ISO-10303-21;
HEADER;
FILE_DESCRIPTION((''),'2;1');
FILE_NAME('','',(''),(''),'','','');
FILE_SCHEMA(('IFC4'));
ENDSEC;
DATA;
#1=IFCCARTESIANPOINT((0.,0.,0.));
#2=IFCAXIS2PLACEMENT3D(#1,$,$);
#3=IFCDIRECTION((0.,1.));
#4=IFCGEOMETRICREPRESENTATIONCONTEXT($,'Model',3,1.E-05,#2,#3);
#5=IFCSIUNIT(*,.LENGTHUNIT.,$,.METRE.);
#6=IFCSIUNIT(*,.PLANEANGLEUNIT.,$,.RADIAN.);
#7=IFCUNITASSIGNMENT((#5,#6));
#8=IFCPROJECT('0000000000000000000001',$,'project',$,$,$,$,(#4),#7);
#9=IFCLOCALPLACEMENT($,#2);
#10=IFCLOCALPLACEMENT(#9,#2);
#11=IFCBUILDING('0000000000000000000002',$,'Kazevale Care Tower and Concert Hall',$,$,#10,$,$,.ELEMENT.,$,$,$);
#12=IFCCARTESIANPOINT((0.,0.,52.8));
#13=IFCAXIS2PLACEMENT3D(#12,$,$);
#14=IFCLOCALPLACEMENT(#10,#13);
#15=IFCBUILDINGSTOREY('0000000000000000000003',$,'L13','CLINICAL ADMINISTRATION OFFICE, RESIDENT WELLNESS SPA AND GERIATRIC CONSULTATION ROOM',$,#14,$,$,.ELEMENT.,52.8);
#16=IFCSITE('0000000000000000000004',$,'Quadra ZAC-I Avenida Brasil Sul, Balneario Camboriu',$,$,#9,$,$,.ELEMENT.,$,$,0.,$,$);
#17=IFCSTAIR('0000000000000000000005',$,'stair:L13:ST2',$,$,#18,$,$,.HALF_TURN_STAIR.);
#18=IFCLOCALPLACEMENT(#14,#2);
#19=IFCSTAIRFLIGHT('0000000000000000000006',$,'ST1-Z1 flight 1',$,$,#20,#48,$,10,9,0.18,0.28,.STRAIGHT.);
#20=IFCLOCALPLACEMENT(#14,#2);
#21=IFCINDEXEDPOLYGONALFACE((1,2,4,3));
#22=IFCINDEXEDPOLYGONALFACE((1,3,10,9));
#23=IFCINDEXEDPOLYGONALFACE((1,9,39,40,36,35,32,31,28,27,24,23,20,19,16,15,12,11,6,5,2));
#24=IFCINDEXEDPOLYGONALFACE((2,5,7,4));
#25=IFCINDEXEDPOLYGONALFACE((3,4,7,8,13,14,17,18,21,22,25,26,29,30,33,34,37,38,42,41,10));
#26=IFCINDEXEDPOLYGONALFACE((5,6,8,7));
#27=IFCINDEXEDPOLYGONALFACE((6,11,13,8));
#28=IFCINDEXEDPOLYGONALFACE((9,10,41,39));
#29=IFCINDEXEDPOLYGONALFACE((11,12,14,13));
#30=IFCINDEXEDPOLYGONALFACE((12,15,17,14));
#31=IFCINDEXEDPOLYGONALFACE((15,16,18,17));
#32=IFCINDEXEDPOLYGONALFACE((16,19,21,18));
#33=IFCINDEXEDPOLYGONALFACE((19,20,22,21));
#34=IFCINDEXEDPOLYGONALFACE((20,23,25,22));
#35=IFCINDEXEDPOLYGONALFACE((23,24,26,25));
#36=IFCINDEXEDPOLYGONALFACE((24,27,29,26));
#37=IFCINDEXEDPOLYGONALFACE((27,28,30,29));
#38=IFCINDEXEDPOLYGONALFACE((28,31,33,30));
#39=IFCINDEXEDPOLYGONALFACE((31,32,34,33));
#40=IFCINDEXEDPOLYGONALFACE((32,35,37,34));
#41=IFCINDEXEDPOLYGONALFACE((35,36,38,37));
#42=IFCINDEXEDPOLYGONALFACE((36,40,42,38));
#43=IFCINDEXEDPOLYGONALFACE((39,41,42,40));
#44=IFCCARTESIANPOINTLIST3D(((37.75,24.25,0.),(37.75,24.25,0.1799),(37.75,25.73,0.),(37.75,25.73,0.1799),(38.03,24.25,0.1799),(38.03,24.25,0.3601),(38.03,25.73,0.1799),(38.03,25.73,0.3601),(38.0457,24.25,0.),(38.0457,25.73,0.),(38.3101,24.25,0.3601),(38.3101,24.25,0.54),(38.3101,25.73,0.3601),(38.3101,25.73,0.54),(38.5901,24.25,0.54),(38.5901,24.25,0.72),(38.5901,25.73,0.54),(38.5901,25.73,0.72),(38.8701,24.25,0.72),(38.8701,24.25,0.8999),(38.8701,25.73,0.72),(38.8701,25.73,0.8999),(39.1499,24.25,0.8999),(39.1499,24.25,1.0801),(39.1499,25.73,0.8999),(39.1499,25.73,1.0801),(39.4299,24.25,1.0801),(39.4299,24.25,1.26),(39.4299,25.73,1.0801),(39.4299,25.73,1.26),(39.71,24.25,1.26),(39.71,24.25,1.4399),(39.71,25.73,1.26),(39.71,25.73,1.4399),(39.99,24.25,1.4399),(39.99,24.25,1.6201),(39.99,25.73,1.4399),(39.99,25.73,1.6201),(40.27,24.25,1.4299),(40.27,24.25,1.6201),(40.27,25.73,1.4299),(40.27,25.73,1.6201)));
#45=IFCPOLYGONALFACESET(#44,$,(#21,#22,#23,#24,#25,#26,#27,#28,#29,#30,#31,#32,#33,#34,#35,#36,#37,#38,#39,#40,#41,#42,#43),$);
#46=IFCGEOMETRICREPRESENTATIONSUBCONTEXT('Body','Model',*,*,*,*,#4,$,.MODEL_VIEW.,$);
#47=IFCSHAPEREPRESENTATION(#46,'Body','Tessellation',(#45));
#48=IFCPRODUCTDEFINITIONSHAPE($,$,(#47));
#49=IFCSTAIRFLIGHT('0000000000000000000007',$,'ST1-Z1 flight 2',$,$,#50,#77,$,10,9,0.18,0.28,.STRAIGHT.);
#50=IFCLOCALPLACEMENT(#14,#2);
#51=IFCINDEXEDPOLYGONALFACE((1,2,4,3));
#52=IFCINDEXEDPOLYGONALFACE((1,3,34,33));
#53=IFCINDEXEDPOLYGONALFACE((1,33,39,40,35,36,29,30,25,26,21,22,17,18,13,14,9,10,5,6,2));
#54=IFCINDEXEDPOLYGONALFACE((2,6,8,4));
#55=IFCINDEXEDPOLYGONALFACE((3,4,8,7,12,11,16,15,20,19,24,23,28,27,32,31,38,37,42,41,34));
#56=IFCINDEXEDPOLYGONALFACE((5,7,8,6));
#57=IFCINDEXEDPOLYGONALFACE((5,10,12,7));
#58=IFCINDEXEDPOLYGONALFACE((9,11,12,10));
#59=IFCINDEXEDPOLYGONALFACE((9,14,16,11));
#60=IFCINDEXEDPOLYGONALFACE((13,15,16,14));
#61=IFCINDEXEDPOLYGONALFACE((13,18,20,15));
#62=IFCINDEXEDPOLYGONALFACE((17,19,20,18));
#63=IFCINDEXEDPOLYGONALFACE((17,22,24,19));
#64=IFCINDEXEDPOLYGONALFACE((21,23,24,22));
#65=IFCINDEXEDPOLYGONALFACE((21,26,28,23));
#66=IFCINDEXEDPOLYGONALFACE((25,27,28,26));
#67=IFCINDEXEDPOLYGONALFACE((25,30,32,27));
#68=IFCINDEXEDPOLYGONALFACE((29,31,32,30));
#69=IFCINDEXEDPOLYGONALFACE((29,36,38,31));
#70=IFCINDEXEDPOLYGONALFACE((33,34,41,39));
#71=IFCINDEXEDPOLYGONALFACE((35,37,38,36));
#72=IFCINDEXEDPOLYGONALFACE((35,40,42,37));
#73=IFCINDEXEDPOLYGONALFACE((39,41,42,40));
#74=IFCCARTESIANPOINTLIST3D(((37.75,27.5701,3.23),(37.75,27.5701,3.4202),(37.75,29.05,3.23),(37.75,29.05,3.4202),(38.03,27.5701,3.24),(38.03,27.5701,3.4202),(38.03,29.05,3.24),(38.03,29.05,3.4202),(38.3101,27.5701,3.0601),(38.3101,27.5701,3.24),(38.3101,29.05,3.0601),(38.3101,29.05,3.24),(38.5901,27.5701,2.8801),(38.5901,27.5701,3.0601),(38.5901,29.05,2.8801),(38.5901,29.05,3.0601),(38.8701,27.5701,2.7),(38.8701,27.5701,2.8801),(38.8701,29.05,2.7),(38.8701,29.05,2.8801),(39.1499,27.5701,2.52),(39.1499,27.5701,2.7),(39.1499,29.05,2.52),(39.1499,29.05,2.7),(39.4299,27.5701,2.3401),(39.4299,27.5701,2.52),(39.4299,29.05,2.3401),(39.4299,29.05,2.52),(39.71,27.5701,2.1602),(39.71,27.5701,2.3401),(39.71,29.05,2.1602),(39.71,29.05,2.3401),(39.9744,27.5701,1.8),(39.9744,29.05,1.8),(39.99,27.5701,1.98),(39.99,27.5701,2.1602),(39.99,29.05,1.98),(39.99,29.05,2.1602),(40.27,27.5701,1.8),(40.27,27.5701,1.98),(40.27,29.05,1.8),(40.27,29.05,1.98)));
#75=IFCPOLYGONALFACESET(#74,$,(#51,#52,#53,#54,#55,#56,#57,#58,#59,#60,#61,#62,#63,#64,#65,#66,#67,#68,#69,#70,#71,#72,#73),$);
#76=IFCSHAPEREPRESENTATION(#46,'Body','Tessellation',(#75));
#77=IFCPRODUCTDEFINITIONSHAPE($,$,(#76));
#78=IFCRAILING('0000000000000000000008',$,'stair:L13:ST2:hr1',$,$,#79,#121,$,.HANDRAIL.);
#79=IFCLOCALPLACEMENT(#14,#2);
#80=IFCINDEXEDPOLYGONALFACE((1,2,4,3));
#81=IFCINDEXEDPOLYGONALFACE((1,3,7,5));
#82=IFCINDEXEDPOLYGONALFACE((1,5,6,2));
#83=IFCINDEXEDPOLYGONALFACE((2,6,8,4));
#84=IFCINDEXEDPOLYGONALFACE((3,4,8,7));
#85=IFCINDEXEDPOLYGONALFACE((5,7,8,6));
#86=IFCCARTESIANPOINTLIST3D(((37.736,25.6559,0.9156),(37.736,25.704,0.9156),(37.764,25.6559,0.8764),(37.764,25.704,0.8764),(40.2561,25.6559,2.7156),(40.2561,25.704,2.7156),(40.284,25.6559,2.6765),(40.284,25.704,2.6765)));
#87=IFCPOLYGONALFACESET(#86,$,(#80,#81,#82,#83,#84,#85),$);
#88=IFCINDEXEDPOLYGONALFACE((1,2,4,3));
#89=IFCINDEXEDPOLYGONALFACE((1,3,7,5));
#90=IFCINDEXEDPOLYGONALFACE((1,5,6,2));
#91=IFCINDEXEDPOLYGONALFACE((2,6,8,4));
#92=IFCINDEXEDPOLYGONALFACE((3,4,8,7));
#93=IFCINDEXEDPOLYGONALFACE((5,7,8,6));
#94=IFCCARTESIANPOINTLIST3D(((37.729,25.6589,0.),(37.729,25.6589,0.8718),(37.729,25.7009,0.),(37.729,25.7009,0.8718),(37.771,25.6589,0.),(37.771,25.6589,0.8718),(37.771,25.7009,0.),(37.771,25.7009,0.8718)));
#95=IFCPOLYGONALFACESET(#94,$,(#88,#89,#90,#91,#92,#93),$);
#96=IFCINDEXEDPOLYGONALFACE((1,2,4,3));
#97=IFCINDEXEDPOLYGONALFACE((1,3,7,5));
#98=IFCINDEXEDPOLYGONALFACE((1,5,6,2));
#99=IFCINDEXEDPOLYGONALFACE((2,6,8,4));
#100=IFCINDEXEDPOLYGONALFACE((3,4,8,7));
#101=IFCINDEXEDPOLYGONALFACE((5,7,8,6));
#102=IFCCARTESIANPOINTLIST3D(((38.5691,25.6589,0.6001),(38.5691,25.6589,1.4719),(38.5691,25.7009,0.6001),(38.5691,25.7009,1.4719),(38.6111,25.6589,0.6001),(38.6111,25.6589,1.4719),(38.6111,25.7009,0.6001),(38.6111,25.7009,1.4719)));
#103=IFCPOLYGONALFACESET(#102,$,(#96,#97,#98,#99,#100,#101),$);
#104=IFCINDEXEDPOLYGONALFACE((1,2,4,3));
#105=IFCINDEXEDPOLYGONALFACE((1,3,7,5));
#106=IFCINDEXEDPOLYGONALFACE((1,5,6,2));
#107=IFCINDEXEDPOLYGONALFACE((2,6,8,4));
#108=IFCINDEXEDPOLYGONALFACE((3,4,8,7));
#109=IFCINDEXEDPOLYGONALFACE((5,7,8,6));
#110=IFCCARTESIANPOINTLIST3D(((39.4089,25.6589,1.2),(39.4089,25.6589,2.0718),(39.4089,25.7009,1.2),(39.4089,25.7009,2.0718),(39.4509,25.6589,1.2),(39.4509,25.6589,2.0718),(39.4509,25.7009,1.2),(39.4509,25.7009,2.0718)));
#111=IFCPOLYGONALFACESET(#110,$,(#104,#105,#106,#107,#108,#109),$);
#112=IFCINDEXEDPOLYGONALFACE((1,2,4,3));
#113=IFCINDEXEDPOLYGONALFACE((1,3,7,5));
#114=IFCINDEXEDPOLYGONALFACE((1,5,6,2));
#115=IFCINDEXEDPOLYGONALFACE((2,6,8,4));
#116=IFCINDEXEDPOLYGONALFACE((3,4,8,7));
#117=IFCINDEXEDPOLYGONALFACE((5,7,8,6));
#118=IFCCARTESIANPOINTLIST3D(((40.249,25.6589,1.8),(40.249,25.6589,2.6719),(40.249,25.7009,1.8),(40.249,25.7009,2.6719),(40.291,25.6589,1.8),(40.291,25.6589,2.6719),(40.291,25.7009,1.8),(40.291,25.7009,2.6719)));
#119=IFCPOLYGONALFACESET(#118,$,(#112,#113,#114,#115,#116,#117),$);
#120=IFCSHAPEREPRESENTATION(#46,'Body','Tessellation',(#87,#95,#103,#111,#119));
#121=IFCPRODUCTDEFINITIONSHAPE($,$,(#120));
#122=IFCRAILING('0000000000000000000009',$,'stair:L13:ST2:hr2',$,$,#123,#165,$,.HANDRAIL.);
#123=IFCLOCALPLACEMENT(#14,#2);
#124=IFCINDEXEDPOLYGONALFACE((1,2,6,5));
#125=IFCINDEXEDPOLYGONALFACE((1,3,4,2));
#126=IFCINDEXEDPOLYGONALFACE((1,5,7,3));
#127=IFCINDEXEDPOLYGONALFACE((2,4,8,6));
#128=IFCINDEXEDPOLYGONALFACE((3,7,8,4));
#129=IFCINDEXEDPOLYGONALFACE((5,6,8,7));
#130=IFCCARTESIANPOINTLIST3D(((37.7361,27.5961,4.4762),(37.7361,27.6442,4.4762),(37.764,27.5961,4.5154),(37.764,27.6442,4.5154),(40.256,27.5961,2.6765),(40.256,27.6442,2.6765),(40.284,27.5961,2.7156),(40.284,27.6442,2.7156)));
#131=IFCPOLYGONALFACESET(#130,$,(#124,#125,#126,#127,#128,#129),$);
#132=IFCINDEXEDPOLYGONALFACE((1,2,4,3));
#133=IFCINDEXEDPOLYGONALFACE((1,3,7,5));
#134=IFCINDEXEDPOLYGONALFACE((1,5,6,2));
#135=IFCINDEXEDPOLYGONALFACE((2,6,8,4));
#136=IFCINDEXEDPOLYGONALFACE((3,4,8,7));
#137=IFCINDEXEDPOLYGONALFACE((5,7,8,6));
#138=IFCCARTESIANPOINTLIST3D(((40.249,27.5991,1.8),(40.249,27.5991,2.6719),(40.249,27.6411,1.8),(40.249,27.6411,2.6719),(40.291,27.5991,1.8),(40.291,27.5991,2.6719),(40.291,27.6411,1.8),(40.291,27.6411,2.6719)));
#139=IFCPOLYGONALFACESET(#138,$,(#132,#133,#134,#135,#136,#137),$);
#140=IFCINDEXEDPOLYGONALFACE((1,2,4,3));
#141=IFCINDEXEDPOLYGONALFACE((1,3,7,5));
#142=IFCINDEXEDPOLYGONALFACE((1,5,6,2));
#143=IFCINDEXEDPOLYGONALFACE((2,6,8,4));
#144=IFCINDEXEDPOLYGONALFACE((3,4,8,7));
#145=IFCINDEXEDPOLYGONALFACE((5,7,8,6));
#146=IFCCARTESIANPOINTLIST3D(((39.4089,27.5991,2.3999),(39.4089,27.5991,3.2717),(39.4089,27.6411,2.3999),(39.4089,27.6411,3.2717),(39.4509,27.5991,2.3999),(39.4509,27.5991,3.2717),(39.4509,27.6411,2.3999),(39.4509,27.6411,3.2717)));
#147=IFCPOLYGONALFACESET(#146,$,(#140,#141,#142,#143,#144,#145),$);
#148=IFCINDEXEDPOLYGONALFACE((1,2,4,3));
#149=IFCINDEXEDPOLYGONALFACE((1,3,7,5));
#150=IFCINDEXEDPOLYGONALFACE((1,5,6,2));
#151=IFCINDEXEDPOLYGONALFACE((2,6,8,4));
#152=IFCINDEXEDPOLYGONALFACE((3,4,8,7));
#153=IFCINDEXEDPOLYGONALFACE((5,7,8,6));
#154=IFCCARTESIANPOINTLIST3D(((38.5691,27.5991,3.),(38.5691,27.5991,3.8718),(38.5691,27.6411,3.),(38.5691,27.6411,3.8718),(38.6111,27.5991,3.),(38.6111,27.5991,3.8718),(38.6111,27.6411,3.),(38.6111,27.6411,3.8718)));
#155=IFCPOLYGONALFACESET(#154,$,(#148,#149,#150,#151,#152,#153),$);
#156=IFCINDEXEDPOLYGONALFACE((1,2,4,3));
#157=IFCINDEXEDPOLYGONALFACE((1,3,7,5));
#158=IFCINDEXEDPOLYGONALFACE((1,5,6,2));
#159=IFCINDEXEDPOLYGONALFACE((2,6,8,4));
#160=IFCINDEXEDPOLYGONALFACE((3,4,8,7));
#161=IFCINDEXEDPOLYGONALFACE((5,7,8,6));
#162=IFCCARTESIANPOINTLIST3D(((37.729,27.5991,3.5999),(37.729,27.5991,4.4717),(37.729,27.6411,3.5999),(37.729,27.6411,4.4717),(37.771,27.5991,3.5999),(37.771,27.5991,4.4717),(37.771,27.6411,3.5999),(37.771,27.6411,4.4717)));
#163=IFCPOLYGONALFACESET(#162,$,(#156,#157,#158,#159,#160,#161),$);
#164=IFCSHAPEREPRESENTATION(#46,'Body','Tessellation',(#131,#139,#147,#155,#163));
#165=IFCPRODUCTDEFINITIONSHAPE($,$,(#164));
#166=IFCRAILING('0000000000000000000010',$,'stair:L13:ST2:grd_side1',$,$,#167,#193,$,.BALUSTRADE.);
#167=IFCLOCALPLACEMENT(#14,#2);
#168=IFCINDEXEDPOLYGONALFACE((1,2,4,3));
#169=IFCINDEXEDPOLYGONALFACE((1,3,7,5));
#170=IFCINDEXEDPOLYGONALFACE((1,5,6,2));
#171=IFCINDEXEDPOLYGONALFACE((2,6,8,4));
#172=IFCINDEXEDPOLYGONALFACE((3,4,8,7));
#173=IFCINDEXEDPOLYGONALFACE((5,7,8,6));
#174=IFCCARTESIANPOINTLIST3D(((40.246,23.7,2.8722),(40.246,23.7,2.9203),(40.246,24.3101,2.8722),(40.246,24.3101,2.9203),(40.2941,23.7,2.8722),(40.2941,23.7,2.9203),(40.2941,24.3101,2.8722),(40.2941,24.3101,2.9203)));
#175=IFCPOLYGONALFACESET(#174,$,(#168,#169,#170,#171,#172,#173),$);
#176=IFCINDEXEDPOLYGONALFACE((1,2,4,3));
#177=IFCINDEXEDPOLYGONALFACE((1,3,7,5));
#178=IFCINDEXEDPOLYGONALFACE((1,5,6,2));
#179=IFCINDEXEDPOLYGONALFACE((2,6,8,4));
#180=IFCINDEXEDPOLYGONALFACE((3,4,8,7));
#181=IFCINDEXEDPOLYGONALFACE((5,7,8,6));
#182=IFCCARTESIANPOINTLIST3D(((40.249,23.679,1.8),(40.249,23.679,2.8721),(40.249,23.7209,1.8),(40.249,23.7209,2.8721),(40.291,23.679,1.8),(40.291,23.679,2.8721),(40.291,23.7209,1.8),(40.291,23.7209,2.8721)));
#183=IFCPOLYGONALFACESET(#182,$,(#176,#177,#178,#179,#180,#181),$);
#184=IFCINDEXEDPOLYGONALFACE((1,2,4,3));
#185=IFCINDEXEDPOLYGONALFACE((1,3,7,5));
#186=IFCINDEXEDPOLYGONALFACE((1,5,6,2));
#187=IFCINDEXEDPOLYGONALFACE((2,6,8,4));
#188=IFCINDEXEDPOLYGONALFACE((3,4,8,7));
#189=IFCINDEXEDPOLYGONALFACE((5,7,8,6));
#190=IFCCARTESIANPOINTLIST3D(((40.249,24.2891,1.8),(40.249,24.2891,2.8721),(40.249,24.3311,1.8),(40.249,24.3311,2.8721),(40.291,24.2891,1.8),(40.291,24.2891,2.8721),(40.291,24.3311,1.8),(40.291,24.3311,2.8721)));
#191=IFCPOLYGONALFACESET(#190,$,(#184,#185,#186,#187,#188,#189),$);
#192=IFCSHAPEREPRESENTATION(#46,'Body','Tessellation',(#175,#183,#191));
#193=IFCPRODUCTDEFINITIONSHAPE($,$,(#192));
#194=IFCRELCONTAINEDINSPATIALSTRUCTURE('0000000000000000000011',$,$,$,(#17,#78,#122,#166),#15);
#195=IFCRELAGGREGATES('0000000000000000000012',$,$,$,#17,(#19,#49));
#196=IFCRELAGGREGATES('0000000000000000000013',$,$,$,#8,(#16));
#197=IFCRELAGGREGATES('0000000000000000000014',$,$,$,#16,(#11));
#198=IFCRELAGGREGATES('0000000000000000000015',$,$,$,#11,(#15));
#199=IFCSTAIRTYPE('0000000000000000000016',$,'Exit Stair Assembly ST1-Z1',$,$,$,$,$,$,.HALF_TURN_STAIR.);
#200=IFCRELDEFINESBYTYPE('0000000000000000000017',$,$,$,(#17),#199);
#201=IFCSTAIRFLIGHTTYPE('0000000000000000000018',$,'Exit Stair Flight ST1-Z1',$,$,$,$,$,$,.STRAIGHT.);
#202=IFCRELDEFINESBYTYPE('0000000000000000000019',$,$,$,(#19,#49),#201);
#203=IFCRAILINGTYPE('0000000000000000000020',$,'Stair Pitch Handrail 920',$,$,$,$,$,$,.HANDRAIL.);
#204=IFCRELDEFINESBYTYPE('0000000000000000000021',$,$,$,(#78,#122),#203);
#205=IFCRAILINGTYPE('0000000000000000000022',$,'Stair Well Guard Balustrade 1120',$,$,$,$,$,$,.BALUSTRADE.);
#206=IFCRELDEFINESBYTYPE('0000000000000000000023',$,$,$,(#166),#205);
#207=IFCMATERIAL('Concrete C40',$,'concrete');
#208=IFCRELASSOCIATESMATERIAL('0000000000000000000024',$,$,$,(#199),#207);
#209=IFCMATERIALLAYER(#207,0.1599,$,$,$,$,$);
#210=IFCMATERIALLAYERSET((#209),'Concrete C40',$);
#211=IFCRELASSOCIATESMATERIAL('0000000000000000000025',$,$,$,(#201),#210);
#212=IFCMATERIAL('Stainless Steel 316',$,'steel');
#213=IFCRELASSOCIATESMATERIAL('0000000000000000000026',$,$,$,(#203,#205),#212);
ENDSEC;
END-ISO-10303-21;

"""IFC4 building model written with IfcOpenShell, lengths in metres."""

from ifc_helpers import new_model, si_unit, direction, frame, origin, origin_2d, place, context, subcontext, project, spatial, polyline, rectangle, outline, extrude, material, layer, layer_set, type_object, element, aggregate, save


model = new_model("IFC4")

# Units and contexts
model_context = context("Model", 3, precision=1e-05, world=origin(), true_north=direction((0.0, 1.0)))
body_context = subcontext(model_context, "Body", "Model", "MODEL_VIEW")
ifc_project = project(units=[si_unit("LENGTHUNIT", "METRE"), si_unit("PLANEANGLEUNIT", "RADIAN")], contexts=[model_context])

# Site, building, storey
site_placement = place(None, origin())
site = spatial("IfcSite", under=ifc_project, at=site_placement, Name="Quadra ZAC-I Avenida Brasil Sul, Balneario Camboriu", CompositionType="ELEMENT", RefElevation=0.0)
building_placement = place(site_placement, origin())
building = spatial("IfcBuilding", under=site, at=building_placement, Name="Kazevale Care Tower and Concert Hall", CompositionType="ELEMENT")
storey_placement = place(building_placement, frame((0.0, 0.0, 52.8)))
storey = spatial("IfcBuildingStorey", under=building, at=storey_placement, Name="L13", Description="CLINICAL ADMINISTRATION OFFICE, RESIDENT WELLNESS SPA AND GERIATRIC CONSULTATION ROOM", CompositionType="ELEMENT", Elevation=52.8)

# Shared definitions
ifc_material_1 = material(Name="Concrete C40", Category="concrete")

# Stair, stair flights
stair_type = type_object("IfcStairType", Name="Exit Stair Assembly ST1-Z1", PredefinedType="HALF_TURN_STAIR", material=ifc_material_1)
stair_placement = place(storey_placement, origin())
stair = element("IfcStair", 1, at=stair_placement, inside=storey, type_object=stair_type, Name="stair:L13:ST2", PredefinedType="HALF_TURN_STAIR")
ifc_layer_1 = layer(ifc_material_1, 0.1599)
ifc_layer_set_1 = layer_set([ifc_layer_1], Name="Concrete C40")
stair_flight_type = type_object("IfcStairFlightType", Name="Exit Stair Flight ST1-Z1", PredefinedType="STRAIGHT", material=ifc_layer_set_1)
stair_flight_1_placement = place(storey_placement, frame((37.75, 24.99, 0.0), z_axis=(0.0, 0.0, 1.0), x_axis=(1.0, 0.0, 0.0)))
stair_flight_1 = element("IfcStairFlight", 2, at=stair_flight_1_placement, type_object=stair_flight_type, Name="ST1-Z1 flight 1", NumberOfRisers=10, NumberOfTreads=9, PredefinedType="STRAIGHT", RiserHeight=0.18, TreadLength=0.28, context=body_context, shape_type="SweptSolid", body=[
    extrude(outline(polyline([(0.0, 0.0), (0.0, 0.1799), (0.28, 0.1799), (0.28, 0.3601), (0.5601, 0.3601), (0.5601, 0.54), (0.8401, 0.54), (0.8401, 0.72), (1.1201, 0.72), (1.1201, 0.8999), (1.3999, 0.8999), (1.3999, 1.0801), (1.6799, 1.0801), (1.6799, 1.26), (1.96, 1.26), (1.96, 1.4399), (2.24, 1.4399), (2.24, 1.6201), (2.52, 1.6201), (2.52, 1.8), (2.52, 1.4299), (0.2957, 0.0), (0.0, 0.0)])), frame((0.0, 0.74, 0.0), z_axis=(0.0, -1.0, 0.0), x_axis=(1.0, 0.0, 0.0)), (0.0, 0.0, 1.0), 1.48),
])
stair_flight_2_placement = place(storey_placement, frame((40.27, 28.3101, 1.8), z_axis=(0.0, 0.0, 1.0), x_axis=(-1.0, 0.0, 0.0)))
stair_flight_2 = element("IfcStairFlight", 3, at=stair_flight_2_placement, type_object=stair_flight_type, Name="ST1-Z1 flight 2", NumberOfRisers=10, NumberOfTreads=9, PredefinedType="STRAIGHT", RiserHeight=0.18, TreadLength=0.28, context=body_context, shape_type="SweptSolid", body=[
    extrude(outline(polyline([(0.0, 0.0), (0.0, 0.1799), (0.28, 0.1799), (0.28, 0.3601), (0.5601, 0.3601), (0.5601, 0.54), (0.8401, 0.54), (0.8401, 0.72), (1.1201, 0.72), (1.1201, 0.8999), (1.3999, 0.8999), (1.3999, 1.0801), (1.6799, 1.0801), (1.6799, 1.26), (1.96, 1.26), (1.96, 1.4399), (2.24, 1.4399), (2.24, 1.6201), (2.52, 1.6201), (2.52, 1.8), (2.52, 1.4299), (0.2957, 0.0), (0.0, 0.0)])), frame((0.0, 0.74, 0.0), z_axis=(0.0, -1.0, 0.0), x_axis=(1.0, 0.0, 0.0)), (0.0, 0.0, 1.0), 1.48),
])
aggregate(stair, [stair_flight_1, stair_flight_2])

# Railings
ifc_material_2 = material(Name="Stainless Steel 316", Category="steel")
railing_type_1 = type_object("IfcRailingType", Name="Stair Pitch Handrail 920", PredefinedType="HANDRAIL", material=ifc_material_2)
railing_1_placement = place(storey_placement, frame((37.75, 25.6799, 0.0)))
element("IfcRailing", 4, at=railing_1_placement, inside=storey, type_object=railing_type_1, Name="stair:L13:ST2:hr1", PredefinedType="HANDRAIL", context=body_context, shape_type="SweptSolid", body=[
    extrude(rectangle(XDim=0.0481, YDim=0.0481, at=origin_2d()), frame((0.0, 0.0, 0.896), z_axis=(0.813728, 0.0, 0.581246), x_axis=(0.0, 1.0, 0.0)), (0.0, 0.0, 1.0), 3.0969),
    extrude(rectangle(XDim=0.042, YDim=0.042, at=origin_2d()), origin(), (0.0, 0.0, 1.0), 0.8718),
    extrude(rectangle(XDim=0.042, YDim=0.042, at=origin_2d()), frame((0.8401, 0.0, 0.6001)), (0.0, 0.0, 1.0), 0.8718),
    extrude(rectangle(XDim=0.042, YDim=0.042, at=origin_2d()), frame((1.6799, 0.0, 1.2)), (0.0, 0.0, 1.0), 0.8718),
    extrude(rectangle(XDim=0.042, YDim=0.042, at=origin_2d()), frame((2.52, 0.0, 1.8)), (0.0, 0.0, 1.0), 0.8718),
])
railing_2_placement = place(storey_placement, frame((40.27, 27.6201, 1.8)))
element("IfcRailing", 5, at=railing_2_placement, inside=storey, type_object=railing_type_1, Name="stair:L13:ST2:hr2", PredefinedType="HANDRAIL", context=body_context, shape_type="SweptSolid", body=[
    extrude(rectangle(XDim=0.0481, YDim=0.0481, at=origin_2d()), frame((0.0, 0.0, 0.896), z_axis=(-0.813765, 0.0, 0.581193), x_axis=(0.0, -1.0, 0.0)), (0.0, 0.0, 1.0), 3.0967),
    extrude(rectangle(XDim=0.042, YDim=0.042, at=origin_2d()), origin(), (0.0, 0.0, 1.0), 0.8718),
    extrude(rectangle(XDim=0.042, YDim=0.042, at=origin_2d()), frame((-0.8401, 0.0, 0.5999)), (0.0, 0.0, 1.0), 0.8718),
    extrude(rectangle(XDim=0.042, YDim=0.042, at=origin_2d()), frame((-1.6799, 0.0, 1.2)), (0.0, 0.0, 1.0), 0.8718),
    extrude(rectangle(XDim=0.042, YDim=0.042, at=origin_2d()), frame((-2.52, 0.0, 1.7998)), (0.0, 0.0, 1.0), 0.8718),
])
railing_type_2 = type_object("IfcRailingType", Name="Stair Well Guard Balustrade 1120", PredefinedType="BALUSTRADE", material=ifc_material_2)
railing_3_placement = place(storey_placement, frame((40.27, 23.7, 1.8)))
element("IfcRailing", 6, at=railing_3_placement, inside=storey, type_object=railing_type_2, Name="stair:L13:ST2:grd_side1", PredefinedType="BALUSTRADE", context=body_context, shape_type="SweptSolid", body=[
    extrude(rectangle(XDim=0.0481, YDim=0.0481, at=origin_2d()), frame((0.0, 0.0, 1.0962), z_axis=(0.0, 1.0, 0.0), x_axis=(-1.0, 0.0, 0.0)), (0.0, 0.0, 1.0), 0.6101),
    extrude(rectangle(XDim=0.042, YDim=0.042, at=origin_2d()), origin(), (0.0, 0.0, 1.0), 1.072),
    extrude(rectangle(XDim=0.042, YDim=0.042, at=origin_2d()), frame((0.0, 0.6101, 0.0)), (0.0, 0.0, 1.0), 1.072),
])

save(model, "model.ifc")
